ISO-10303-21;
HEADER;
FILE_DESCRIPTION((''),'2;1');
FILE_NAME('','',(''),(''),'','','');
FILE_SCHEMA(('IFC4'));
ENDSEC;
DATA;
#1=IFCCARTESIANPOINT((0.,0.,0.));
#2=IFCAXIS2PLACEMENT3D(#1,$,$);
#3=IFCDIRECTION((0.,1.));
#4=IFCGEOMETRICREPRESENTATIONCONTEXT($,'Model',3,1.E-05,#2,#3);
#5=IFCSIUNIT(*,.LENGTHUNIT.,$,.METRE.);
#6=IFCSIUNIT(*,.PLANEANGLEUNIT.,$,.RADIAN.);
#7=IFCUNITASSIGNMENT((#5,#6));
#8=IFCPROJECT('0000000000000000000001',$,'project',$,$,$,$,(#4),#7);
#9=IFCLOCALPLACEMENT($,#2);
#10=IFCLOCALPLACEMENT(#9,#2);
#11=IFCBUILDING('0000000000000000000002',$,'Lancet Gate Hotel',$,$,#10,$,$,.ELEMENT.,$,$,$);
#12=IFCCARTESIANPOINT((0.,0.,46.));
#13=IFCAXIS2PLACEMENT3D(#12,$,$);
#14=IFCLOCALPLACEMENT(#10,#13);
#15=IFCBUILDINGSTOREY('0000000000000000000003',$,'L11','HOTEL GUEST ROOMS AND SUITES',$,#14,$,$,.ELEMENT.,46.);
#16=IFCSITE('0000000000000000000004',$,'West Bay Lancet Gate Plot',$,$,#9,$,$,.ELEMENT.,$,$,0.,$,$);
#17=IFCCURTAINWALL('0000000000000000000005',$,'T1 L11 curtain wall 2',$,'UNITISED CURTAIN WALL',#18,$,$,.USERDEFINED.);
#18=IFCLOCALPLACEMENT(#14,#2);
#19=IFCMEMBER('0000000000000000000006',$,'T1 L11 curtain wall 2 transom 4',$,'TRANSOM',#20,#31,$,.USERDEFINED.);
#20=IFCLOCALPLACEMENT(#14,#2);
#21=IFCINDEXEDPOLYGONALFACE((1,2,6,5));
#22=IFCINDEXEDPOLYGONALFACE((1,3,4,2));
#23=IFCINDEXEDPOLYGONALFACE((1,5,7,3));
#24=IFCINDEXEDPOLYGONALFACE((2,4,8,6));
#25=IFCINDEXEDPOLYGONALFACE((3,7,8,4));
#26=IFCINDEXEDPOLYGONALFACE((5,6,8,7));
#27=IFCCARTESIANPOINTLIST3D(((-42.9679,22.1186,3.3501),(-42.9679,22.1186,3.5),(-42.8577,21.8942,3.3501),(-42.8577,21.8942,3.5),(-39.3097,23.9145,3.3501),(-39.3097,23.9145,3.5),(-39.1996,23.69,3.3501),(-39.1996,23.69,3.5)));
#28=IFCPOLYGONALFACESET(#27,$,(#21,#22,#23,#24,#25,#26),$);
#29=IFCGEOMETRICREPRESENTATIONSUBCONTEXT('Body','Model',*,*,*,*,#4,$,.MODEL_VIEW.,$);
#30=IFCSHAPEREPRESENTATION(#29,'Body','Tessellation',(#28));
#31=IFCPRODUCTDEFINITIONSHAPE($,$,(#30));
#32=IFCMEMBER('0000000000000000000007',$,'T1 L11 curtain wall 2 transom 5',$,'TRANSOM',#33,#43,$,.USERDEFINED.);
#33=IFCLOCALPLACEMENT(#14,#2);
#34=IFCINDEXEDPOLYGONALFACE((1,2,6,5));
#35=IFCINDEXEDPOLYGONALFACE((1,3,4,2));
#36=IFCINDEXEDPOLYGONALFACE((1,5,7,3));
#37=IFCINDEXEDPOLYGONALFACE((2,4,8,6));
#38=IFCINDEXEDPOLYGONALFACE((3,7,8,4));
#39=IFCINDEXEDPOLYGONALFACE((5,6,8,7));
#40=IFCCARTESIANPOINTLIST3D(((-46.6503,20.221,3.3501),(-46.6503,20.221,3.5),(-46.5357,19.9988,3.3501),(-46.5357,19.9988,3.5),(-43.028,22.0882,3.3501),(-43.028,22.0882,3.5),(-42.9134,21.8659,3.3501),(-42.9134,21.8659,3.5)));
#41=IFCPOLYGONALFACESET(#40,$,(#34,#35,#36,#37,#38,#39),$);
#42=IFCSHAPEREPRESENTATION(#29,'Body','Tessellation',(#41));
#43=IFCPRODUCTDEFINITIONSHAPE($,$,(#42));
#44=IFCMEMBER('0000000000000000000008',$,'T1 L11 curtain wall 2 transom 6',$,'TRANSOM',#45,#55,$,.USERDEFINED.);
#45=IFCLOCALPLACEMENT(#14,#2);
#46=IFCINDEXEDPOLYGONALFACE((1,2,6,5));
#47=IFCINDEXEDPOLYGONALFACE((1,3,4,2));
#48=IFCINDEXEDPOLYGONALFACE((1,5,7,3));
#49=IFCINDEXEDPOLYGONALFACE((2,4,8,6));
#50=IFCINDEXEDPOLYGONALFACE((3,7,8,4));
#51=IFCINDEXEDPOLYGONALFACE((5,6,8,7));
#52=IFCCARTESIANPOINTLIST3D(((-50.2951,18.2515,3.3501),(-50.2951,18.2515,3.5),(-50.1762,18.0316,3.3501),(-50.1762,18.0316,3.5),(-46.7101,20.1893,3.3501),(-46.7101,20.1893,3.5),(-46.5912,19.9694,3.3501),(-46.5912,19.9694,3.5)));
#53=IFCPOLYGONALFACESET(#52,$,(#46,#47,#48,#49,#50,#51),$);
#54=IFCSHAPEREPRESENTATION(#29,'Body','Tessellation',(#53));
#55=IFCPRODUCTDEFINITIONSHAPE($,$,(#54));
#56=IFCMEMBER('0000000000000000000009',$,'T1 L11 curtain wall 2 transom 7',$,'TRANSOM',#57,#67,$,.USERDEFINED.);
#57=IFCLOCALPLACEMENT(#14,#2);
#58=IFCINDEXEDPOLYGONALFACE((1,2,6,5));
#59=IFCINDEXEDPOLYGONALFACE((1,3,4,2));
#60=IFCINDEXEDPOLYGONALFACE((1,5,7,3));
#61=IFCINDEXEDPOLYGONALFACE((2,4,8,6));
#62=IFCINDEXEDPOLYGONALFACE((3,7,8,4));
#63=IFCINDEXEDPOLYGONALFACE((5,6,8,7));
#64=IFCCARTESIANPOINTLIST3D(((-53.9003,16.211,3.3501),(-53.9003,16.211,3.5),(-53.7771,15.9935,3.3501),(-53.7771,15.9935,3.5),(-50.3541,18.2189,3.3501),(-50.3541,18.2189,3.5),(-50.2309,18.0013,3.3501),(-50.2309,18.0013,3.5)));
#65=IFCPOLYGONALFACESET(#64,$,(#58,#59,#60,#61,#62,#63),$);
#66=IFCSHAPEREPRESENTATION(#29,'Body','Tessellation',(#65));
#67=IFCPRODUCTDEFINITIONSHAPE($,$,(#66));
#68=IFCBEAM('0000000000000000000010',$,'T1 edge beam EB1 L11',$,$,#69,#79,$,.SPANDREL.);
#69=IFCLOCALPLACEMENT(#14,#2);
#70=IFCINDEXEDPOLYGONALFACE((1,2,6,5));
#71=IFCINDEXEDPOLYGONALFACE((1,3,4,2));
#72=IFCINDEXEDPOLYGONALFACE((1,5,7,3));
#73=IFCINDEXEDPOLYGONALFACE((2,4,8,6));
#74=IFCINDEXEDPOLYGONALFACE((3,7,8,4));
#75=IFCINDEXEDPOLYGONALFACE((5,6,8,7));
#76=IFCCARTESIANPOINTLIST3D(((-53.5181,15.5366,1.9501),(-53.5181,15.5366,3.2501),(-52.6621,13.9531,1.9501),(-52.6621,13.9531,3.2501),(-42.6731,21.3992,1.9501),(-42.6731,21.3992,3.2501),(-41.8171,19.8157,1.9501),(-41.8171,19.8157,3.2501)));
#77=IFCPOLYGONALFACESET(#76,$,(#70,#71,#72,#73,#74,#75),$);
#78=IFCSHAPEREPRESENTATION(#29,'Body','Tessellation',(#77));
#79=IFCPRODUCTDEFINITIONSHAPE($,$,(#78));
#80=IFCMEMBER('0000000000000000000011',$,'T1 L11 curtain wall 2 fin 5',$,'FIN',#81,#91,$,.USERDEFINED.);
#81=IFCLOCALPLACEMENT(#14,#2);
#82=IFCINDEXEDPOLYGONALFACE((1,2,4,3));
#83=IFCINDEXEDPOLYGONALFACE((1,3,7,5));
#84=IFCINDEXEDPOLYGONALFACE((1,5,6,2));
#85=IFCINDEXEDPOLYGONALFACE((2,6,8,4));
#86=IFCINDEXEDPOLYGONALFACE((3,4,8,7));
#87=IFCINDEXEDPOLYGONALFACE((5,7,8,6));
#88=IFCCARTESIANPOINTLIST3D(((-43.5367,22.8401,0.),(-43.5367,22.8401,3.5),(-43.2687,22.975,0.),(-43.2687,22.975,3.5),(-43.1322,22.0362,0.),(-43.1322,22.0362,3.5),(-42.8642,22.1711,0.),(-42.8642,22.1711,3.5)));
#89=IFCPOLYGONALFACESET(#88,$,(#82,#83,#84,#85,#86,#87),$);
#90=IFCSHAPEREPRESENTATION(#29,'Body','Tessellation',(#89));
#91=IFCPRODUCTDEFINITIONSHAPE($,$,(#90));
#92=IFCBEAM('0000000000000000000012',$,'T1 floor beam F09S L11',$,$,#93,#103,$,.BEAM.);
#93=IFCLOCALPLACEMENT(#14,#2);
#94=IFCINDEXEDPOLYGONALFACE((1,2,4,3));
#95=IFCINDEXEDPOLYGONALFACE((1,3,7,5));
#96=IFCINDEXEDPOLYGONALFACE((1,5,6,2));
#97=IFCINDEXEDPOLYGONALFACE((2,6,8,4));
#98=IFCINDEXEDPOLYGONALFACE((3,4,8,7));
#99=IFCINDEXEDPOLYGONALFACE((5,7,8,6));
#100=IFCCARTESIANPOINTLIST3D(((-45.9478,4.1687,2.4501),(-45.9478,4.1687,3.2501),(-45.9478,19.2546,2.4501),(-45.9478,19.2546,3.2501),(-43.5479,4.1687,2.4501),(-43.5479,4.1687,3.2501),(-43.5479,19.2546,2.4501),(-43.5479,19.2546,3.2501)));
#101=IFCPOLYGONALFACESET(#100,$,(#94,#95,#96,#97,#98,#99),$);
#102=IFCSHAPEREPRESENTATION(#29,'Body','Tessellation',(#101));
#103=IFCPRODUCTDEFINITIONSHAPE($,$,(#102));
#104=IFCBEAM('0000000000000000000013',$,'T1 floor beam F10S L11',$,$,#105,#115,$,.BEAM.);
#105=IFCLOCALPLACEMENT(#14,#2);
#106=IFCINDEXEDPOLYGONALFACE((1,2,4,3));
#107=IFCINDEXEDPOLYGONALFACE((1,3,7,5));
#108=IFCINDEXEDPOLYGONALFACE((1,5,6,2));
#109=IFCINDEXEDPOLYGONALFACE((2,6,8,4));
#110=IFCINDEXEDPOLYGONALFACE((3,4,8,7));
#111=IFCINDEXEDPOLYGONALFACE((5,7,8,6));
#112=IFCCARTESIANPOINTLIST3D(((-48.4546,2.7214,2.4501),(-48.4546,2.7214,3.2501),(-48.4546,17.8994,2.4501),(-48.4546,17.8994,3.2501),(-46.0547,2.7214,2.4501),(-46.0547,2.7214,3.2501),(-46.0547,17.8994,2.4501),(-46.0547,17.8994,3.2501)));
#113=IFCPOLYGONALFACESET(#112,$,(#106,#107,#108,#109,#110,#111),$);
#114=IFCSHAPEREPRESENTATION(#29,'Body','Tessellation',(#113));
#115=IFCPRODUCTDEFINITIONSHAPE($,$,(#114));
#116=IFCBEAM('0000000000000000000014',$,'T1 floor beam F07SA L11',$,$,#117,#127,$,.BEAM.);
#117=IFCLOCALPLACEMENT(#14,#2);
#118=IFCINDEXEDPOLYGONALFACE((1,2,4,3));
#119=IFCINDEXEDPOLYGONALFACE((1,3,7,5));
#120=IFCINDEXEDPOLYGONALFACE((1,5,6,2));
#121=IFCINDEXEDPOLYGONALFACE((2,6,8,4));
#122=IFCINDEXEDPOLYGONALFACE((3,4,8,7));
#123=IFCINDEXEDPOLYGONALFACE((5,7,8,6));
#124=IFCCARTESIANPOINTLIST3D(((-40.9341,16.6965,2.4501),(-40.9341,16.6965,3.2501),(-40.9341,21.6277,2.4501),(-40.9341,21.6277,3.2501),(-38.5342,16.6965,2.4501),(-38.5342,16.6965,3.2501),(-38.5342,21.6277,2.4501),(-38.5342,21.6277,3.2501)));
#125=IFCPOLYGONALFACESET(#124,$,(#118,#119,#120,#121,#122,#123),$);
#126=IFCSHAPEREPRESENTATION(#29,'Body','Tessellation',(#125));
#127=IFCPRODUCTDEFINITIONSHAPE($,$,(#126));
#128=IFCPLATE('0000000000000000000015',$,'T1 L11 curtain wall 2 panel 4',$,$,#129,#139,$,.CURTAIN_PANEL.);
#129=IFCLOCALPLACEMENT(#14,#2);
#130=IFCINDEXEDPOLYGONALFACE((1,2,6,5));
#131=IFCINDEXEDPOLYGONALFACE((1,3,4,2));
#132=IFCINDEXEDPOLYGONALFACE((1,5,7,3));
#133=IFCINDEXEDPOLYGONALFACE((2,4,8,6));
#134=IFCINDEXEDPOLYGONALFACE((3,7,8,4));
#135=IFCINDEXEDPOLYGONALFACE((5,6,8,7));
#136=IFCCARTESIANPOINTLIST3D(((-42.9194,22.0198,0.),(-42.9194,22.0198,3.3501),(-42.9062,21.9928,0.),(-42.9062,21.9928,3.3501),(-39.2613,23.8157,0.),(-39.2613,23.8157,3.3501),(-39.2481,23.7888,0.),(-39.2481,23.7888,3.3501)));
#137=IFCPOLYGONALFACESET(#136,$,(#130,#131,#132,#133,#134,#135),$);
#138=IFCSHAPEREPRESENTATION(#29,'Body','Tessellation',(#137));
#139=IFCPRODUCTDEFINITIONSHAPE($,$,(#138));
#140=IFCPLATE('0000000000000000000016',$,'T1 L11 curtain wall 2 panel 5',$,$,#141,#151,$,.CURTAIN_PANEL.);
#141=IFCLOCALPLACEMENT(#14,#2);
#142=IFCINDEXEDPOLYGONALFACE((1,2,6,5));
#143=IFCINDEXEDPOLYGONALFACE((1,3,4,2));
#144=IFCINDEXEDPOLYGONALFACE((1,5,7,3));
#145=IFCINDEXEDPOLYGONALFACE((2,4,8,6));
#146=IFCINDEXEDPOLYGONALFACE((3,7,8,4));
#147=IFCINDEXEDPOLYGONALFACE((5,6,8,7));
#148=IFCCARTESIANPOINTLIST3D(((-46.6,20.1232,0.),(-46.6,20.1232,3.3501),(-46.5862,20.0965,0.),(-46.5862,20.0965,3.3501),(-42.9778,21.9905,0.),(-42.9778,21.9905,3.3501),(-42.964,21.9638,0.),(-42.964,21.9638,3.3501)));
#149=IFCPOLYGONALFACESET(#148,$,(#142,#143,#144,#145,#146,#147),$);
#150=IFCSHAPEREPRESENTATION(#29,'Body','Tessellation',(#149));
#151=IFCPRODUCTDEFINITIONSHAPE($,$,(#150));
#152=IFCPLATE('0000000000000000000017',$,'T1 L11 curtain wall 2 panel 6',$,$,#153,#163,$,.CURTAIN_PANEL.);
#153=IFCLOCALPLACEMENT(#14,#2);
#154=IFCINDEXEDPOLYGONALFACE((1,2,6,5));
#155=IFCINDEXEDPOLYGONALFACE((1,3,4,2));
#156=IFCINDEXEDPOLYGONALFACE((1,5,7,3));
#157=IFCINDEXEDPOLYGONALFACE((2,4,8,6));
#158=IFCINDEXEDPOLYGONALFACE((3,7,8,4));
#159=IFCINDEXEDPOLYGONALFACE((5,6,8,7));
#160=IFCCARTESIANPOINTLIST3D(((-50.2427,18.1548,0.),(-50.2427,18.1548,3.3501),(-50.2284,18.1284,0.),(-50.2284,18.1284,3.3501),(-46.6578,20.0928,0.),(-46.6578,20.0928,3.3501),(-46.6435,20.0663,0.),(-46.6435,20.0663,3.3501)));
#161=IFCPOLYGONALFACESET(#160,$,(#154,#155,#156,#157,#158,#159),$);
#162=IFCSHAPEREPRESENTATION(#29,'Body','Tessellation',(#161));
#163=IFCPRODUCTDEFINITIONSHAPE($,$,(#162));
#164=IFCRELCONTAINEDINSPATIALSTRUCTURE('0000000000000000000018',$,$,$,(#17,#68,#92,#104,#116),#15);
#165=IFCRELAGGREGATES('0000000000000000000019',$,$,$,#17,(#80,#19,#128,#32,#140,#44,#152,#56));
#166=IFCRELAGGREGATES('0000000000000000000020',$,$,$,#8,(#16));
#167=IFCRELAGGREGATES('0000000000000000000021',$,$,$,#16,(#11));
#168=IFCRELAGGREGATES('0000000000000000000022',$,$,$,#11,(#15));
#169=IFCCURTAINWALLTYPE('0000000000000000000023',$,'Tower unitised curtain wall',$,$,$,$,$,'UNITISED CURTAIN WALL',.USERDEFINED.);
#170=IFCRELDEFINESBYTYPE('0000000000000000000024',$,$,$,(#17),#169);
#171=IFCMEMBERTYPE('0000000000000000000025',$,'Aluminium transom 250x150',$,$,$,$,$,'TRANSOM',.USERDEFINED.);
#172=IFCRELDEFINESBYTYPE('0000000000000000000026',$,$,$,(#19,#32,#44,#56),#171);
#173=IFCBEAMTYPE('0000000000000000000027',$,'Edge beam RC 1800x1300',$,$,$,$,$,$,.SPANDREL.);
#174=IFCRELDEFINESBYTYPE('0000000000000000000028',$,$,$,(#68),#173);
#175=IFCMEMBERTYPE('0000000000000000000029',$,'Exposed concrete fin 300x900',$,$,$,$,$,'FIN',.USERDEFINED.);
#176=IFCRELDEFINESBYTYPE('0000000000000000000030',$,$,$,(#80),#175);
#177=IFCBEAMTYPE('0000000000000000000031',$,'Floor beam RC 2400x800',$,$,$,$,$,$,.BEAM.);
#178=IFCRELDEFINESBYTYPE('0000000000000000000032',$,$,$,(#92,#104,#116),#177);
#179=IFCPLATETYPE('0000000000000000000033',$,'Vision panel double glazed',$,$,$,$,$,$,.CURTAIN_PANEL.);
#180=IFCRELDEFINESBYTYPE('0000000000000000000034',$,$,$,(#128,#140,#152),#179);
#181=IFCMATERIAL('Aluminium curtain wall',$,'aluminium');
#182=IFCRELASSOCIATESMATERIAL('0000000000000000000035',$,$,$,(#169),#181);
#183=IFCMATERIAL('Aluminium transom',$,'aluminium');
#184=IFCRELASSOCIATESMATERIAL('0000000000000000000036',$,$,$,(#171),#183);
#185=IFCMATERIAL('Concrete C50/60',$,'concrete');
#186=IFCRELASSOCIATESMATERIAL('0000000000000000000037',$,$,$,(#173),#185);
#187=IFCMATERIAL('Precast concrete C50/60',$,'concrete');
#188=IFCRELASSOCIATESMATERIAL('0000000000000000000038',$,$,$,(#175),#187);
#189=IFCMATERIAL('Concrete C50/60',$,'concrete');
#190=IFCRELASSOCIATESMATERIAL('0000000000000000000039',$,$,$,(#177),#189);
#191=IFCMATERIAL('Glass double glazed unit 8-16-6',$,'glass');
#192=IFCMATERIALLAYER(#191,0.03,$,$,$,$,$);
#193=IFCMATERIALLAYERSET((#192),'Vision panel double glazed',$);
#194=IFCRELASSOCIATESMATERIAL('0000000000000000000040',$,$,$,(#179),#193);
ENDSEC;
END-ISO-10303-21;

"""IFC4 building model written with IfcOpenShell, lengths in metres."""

from ifc_helpers import new_model, si_unit, direction, frame, origin, origin_2d, place, context, subcontext, project, spatial, rectangle, extrude, material, layer, layer_set, material_profile, profile_set, type_object, element, aggregate, save


model = new_model("IFC4")

# Units and contexts
model_context = context("Model", 3, precision=1e-05, world=origin(), true_north=direction((0.0, 1.0)))
body_context = subcontext(model_context, "Body", "Model", "MODEL_VIEW")
ifc_project = project(units=[si_unit("LENGTHUNIT", "METRE"), si_unit("PLANEANGLEUNIT", "RADIAN")], contexts=[model_context])

# Site, building, storey
site_placement = place(None, origin())
site = spatial("IfcSite", under=ifc_project, at=site_placement, Name="West Bay Lancet Gate Plot", CompositionType="ELEMENT", RefElevation=0.0)
building_placement = place(site_placement, origin())
building = spatial("IfcBuilding", under=site, at=building_placement, Name="Lancet Gate Hotel", CompositionType="ELEMENT")
storey_placement = place(building_placement, frame((0.0, 0.0, 46.0)))
storey = spatial("IfcBuildingStorey", under=building, at=storey_placement, Name="L11", Description="HOTEL GUEST ROOMS AND SUITES", CompositionType="ELEMENT", Elevation=46.0)

# Curtain wall, members
ifc_material_1 = material(Name="Aluminium curtain wall", Category="aluminium")
curtain_wall_type = type_object("IfcCurtainWallType", Name="Tower unitised curtain wall", ElementType="UNITISED CURTAIN WALL", PredefinedType="USERDEFINED", material=ifc_material_1)
curtain_wall_placement = place(storey_placement, origin())
curtain_wall = element("IfcCurtainWall", 1, at=curtain_wall_placement, inside=storey, type_object=curtain_wall_type, Name="T1 L11 curtain wall 2", ObjectType="UNITISED CURTAIN WALL", PredefinedType="USERDEFINED")
ifc_material_2 = material(Name="Aluminium transom", Category="aluminium")
ifc_material_profile_1 = material_profile(ifc_material_2, rectangle(XDim=0.25, YDim=0.1499, at=origin_2d()), Name="TRANSOM 250x150")
ifc_profile_set_1 = profile_set([ifc_material_profile_1], Name="Aluminium transom")
member_type_1 = type_object("IfcMemberType", Name="Aluminium transom 250x150", ElementType="TRANSOM", PredefinedType="USERDEFINED", material=ifc_profile_set_1)
member_1_placement = place(storey_placement, frame((-39.2546, 23.8022, 3.425), z_axis=(-0.897662, -0.440684, 0.0), x_axis=(0.440684, -0.897662, 0.0)))
member_1 = element("IfcMember", 2, at=member_1_placement, type_object=member_type_1, Name="T1 L11 curtain wall 2 transom 4", ObjectType="TRANSOM", PredefinedType="USERDEFINED", context=body_context, shape_type="SweptSolid", body=[
    extrude(rectangle(XDim=0.25, YDim=0.1499, at=origin_2d()), origin(), (0.0, 0.0, 1.0), 4.0752),
])
member_2_placement = place(storey_placement, frame((-42.9707, 21.9771, 3.425), z_axis=(-0.88886, -0.458179, 0.0), x_axis=(0.458179, -0.88886, 0.0)))
member_2 = element("IfcMember", 3, at=member_2_placement, type_object=member_type_1, Name="T1 L11 curtain wall 2 transom 5", ObjectType="TRANSOM", PredefinedType="USERDEFINED", context=body_context, shape_type="SweptSolid", body=[
    extrude(rectangle(XDim=0.25, YDim=0.1499, at=origin_2d()), origin(), (0.0, 0.0, 1.0), 4.0752),
])
member_3_placement = place(storey_placement, frame((-46.6506, 20.0793, 3.425), z_axis=(-0.879714, -0.475503, 0.0), x_axis=(0.475503, -0.879714, 0.0)))
member_3 = element("IfcMember", 4, at=member_3_placement, type_object=member_type_1, Name="T1 L11 curtain wall 2 transom 6", ObjectType="TRANSOM", PredefinedType="USERDEFINED", context=body_context, shape_type="SweptSolid", body=[
    extrude(rectangle(XDim=0.25, YDim=0.1499, at=origin_2d()), origin(), (0.0, 0.0, 1.0), 4.0752),
])
member_4_placement = place(storey_placement, frame((-50.2925, 18.1101, 3.425), z_axis=(-0.870198, -0.492703, 0.0), x_axis=(0.492703, -0.870198, 0.0)))
member_4 = element("IfcMember", 5, at=member_4_placement, type_object=member_type_1, Name="T1 L11 curtain wall 2 transom 7", ObjectType="TRANSOM", PredefinedType="USERDEFINED", context=body_context, shape_type="SweptSolid", body=[
    extrude(rectangle(XDim=0.25, YDim=0.1499, at=origin_2d()), origin(), (0.0, 0.0, 1.0), 4.0752),
])

# Beam
ifc_material_3 = material(Name="Concrete C50/60", Category="concrete")
ifc_material_profile_2 = material_profile(ifc_material_3, rectangle(XDim=1.8, YDim=1.3, at=origin_2d()), Name="RC 1800x1300")
ifc_profile_set_2 = profile_set([ifc_material_profile_2], Name="Concrete C50/60")
beam_type_1 = type_object("IfcBeamType", Name="Edge beam RC 1800x1300", PredefinedType="SPANDREL", material=ifc_profile_set_2)
beam_1_placement = place(storey_placement, frame((-42.2451, 20.6074, 2.6001), z_axis=(-0.879693, -0.475542, 0.0), x_axis=(0.475542, -0.879693, 0.0)))
element("IfcBeam", 6, at=beam_1_placement, inside=storey, type_object=beam_type_1, Name="T1 edge beam EB1 L11", PredefinedType="SPANDREL", context=body_context, shape_type="SweptSolid", body=[
    extrude(rectangle(XDim=1.8, YDim=1.3, at=origin_2d()), origin(), (0.0, 0.0, 1.0), 12.3281),
])

# Member
ifc_material_4 = material(Name="Precast concrete C50/60", Category="concrete")
ifc_material_profile_3 = material_profile(ifc_material_4, rectangle(XDim=0.3, YDim=0.8999, at=origin_2d()), Name="FIN 300x900")
ifc_profile_set_3 = profile_set([ifc_material_profile_3], Name="Precast concrete C50/60")
member_type_2 = type_object("IfcMemberType", Name="Exposed concrete fin 300x900", ElementType="FIN", PredefinedType="USERDEFINED", material=ifc_profile_set_3)
member_5_placement = place(storey_placement, frame((-43.2004, 22.5056, 0.0), z_axis=(0.0, 0.0, 1.0), x_axis=(-0.893292, -0.449478, 0.0)))
member_5 = element("IfcMember", 7, at=member_5_placement, type_object=member_type_2, Name="T1 L11 curtain wall 2 fin 5", ObjectType="FIN", PredefinedType="USERDEFINED", context=body_context, shape_type="SweptSolid", body=[
    extrude(rectangle(XDim=0.3, YDim=0.8999, at=origin_2d()), origin(), (0.0, 0.0, 1.0), 3.5),
])

# Beams
ifc_material_5 = material(Name="Concrete C50/60", Category="concrete")
ifc_material_profile_4 = material_profile(ifc_material_5, rectangle(XDim=2.3999, YDim=0.8, at=origin_2d()), Name="RC 2400x800")
ifc_profile_set_4 = profile_set([ifc_material_profile_4], Name="Concrete C50/60")
beam_type_2 = type_object("IfcBeamType", Name="Floor beam RC 2400x800", PredefinedType="BEAM", material=ifc_profile_set_4)
beam_2_placement = place(storey_placement, frame((-44.7478, 19.2546, 2.8501), z_axis=(0.0, -1.0, 0.0), x_axis=(1.0, 0.0, 0.0)))
element("IfcBeam", 8, at=beam_2_placement, inside=storey, type_object=beam_type_2, Name="T1 floor beam F09S L11", PredefinedType="BEAM", context=body_context, shape_type="SweptSolid", body=[
    extrude(rectangle(XDim=2.3999, YDim=0.8, at=origin_2d()), origin(), (0.0, 0.0, 1.0), 15.0859),
])
beam_3_placement = place(storey_placement, frame((-47.2546, 17.8994, 2.8501), z_axis=(0.0, -1.0, 0.0), x_axis=(1.0, 0.0, 0.0)))
element("IfcBeam", 9, at=beam_3_placement, inside=storey, type_object=beam_type_2, Name="T1 floor beam F10S L11", PredefinedType="BEAM", context=body_context, shape_type="SweptSolid", body=[
    extrude(rectangle(XDim=2.3999, YDim=0.8, at=origin_2d()), origin(), (0.0, 0.0, 1.0), 15.178),
])
beam_4_placement = place(storey_placement, frame((-39.7341, 21.6277, 2.8501), z_axis=(0.0, -1.0, 0.0), x_axis=(1.0, 0.0, 0.0)))
element("IfcBeam", 10, at=beam_4_placement, inside=storey, type_object=beam_type_2, Name="T1 floor beam F07SA L11", PredefinedType="BEAM", context=body_context, shape_type="SweptSolid", body=[
    extrude(rectangle(XDim=2.3999, YDim=0.8, at=origin_2d()), origin(), (0.0, 0.0, 1.0), 4.9312),
])

# Plates
ifc_material_6 = material(Name="Glass double glazed unit 8-16-6", Category="glass")
ifc_layer = layer(ifc_material_6, 0.03)
ifc_layer_set = layer_set([ifc_layer], Name="Vision panel double glazed")
plate_type = type_object("IfcPlateType", Name="Vision panel double glazed", PredefinedType="CURTAIN_PANEL", material=ifc_layer_set)
plate_1_placement = place(storey_placement, frame((-41.0837, 22.9043, 0.0), z_axis=(0.0, 0.0, 1.0), x_axis=(-0.897653, -0.440702, 0.0)))
plate_1 = element("IfcPlate", 11, at=plate_1_placement, type_object=plate_type, Name="T1 L11 curtain wall 2 panel 4", PredefinedType="CURTAIN_PANEL", context=body_context, shape_type="SweptSolid", body=[
    extrude(rectangle(XDim=4.0752, YDim=0.03, at=origin_2d()), origin(), (0.0, 0.0, 1.0), 3.3501),
])
plate_2_placement = place(storey_placement, frame((-44.782, 21.0435, 0.0), z_axis=(0.0, 0.0, 1.0), x_axis=(-0.888844, -0.45821, 0.0)))
plate_2 = element("IfcPlate", 12, at=plate_2_placement, type_object=plate_type, Name="T1 L11 curtain wall 2 panel 5", PredefinedType="CURTAIN_PANEL", context=body_context, shape_type="SweptSolid", body=[
    extrude(rectangle(XDim=4.0752, YDim=0.03, at=origin_2d()), origin(), (0.0, 0.0, 1.0), 3.3501),
])
plate_3_placement = place(storey_placement, frame((-48.4431, 19.1106, 0.0), z_axis=(0.0, 0.0, 1.0), x_axis=(-0.879693, -0.475541, 0.0)))
plate_3 = element("IfcPlate", 13, at=plate_3_placement, type_object=plate_type, Name="T1 L11 curtain wall 2 panel 6", PredefinedType="CURTAIN_PANEL", context=body_context, shape_type="SweptSolid", body=[
    extrude(rectangle(XDim=4.0752, YDim=0.03, at=origin_2d()), origin(), (0.0, 0.0, 1.0), 3.3501),
])
aggregate(curtain_wall, [member_5, member_1, plate_1, member_2, plate_2, member_3, plate_3, member_4])

save(model, "model.ifc")
